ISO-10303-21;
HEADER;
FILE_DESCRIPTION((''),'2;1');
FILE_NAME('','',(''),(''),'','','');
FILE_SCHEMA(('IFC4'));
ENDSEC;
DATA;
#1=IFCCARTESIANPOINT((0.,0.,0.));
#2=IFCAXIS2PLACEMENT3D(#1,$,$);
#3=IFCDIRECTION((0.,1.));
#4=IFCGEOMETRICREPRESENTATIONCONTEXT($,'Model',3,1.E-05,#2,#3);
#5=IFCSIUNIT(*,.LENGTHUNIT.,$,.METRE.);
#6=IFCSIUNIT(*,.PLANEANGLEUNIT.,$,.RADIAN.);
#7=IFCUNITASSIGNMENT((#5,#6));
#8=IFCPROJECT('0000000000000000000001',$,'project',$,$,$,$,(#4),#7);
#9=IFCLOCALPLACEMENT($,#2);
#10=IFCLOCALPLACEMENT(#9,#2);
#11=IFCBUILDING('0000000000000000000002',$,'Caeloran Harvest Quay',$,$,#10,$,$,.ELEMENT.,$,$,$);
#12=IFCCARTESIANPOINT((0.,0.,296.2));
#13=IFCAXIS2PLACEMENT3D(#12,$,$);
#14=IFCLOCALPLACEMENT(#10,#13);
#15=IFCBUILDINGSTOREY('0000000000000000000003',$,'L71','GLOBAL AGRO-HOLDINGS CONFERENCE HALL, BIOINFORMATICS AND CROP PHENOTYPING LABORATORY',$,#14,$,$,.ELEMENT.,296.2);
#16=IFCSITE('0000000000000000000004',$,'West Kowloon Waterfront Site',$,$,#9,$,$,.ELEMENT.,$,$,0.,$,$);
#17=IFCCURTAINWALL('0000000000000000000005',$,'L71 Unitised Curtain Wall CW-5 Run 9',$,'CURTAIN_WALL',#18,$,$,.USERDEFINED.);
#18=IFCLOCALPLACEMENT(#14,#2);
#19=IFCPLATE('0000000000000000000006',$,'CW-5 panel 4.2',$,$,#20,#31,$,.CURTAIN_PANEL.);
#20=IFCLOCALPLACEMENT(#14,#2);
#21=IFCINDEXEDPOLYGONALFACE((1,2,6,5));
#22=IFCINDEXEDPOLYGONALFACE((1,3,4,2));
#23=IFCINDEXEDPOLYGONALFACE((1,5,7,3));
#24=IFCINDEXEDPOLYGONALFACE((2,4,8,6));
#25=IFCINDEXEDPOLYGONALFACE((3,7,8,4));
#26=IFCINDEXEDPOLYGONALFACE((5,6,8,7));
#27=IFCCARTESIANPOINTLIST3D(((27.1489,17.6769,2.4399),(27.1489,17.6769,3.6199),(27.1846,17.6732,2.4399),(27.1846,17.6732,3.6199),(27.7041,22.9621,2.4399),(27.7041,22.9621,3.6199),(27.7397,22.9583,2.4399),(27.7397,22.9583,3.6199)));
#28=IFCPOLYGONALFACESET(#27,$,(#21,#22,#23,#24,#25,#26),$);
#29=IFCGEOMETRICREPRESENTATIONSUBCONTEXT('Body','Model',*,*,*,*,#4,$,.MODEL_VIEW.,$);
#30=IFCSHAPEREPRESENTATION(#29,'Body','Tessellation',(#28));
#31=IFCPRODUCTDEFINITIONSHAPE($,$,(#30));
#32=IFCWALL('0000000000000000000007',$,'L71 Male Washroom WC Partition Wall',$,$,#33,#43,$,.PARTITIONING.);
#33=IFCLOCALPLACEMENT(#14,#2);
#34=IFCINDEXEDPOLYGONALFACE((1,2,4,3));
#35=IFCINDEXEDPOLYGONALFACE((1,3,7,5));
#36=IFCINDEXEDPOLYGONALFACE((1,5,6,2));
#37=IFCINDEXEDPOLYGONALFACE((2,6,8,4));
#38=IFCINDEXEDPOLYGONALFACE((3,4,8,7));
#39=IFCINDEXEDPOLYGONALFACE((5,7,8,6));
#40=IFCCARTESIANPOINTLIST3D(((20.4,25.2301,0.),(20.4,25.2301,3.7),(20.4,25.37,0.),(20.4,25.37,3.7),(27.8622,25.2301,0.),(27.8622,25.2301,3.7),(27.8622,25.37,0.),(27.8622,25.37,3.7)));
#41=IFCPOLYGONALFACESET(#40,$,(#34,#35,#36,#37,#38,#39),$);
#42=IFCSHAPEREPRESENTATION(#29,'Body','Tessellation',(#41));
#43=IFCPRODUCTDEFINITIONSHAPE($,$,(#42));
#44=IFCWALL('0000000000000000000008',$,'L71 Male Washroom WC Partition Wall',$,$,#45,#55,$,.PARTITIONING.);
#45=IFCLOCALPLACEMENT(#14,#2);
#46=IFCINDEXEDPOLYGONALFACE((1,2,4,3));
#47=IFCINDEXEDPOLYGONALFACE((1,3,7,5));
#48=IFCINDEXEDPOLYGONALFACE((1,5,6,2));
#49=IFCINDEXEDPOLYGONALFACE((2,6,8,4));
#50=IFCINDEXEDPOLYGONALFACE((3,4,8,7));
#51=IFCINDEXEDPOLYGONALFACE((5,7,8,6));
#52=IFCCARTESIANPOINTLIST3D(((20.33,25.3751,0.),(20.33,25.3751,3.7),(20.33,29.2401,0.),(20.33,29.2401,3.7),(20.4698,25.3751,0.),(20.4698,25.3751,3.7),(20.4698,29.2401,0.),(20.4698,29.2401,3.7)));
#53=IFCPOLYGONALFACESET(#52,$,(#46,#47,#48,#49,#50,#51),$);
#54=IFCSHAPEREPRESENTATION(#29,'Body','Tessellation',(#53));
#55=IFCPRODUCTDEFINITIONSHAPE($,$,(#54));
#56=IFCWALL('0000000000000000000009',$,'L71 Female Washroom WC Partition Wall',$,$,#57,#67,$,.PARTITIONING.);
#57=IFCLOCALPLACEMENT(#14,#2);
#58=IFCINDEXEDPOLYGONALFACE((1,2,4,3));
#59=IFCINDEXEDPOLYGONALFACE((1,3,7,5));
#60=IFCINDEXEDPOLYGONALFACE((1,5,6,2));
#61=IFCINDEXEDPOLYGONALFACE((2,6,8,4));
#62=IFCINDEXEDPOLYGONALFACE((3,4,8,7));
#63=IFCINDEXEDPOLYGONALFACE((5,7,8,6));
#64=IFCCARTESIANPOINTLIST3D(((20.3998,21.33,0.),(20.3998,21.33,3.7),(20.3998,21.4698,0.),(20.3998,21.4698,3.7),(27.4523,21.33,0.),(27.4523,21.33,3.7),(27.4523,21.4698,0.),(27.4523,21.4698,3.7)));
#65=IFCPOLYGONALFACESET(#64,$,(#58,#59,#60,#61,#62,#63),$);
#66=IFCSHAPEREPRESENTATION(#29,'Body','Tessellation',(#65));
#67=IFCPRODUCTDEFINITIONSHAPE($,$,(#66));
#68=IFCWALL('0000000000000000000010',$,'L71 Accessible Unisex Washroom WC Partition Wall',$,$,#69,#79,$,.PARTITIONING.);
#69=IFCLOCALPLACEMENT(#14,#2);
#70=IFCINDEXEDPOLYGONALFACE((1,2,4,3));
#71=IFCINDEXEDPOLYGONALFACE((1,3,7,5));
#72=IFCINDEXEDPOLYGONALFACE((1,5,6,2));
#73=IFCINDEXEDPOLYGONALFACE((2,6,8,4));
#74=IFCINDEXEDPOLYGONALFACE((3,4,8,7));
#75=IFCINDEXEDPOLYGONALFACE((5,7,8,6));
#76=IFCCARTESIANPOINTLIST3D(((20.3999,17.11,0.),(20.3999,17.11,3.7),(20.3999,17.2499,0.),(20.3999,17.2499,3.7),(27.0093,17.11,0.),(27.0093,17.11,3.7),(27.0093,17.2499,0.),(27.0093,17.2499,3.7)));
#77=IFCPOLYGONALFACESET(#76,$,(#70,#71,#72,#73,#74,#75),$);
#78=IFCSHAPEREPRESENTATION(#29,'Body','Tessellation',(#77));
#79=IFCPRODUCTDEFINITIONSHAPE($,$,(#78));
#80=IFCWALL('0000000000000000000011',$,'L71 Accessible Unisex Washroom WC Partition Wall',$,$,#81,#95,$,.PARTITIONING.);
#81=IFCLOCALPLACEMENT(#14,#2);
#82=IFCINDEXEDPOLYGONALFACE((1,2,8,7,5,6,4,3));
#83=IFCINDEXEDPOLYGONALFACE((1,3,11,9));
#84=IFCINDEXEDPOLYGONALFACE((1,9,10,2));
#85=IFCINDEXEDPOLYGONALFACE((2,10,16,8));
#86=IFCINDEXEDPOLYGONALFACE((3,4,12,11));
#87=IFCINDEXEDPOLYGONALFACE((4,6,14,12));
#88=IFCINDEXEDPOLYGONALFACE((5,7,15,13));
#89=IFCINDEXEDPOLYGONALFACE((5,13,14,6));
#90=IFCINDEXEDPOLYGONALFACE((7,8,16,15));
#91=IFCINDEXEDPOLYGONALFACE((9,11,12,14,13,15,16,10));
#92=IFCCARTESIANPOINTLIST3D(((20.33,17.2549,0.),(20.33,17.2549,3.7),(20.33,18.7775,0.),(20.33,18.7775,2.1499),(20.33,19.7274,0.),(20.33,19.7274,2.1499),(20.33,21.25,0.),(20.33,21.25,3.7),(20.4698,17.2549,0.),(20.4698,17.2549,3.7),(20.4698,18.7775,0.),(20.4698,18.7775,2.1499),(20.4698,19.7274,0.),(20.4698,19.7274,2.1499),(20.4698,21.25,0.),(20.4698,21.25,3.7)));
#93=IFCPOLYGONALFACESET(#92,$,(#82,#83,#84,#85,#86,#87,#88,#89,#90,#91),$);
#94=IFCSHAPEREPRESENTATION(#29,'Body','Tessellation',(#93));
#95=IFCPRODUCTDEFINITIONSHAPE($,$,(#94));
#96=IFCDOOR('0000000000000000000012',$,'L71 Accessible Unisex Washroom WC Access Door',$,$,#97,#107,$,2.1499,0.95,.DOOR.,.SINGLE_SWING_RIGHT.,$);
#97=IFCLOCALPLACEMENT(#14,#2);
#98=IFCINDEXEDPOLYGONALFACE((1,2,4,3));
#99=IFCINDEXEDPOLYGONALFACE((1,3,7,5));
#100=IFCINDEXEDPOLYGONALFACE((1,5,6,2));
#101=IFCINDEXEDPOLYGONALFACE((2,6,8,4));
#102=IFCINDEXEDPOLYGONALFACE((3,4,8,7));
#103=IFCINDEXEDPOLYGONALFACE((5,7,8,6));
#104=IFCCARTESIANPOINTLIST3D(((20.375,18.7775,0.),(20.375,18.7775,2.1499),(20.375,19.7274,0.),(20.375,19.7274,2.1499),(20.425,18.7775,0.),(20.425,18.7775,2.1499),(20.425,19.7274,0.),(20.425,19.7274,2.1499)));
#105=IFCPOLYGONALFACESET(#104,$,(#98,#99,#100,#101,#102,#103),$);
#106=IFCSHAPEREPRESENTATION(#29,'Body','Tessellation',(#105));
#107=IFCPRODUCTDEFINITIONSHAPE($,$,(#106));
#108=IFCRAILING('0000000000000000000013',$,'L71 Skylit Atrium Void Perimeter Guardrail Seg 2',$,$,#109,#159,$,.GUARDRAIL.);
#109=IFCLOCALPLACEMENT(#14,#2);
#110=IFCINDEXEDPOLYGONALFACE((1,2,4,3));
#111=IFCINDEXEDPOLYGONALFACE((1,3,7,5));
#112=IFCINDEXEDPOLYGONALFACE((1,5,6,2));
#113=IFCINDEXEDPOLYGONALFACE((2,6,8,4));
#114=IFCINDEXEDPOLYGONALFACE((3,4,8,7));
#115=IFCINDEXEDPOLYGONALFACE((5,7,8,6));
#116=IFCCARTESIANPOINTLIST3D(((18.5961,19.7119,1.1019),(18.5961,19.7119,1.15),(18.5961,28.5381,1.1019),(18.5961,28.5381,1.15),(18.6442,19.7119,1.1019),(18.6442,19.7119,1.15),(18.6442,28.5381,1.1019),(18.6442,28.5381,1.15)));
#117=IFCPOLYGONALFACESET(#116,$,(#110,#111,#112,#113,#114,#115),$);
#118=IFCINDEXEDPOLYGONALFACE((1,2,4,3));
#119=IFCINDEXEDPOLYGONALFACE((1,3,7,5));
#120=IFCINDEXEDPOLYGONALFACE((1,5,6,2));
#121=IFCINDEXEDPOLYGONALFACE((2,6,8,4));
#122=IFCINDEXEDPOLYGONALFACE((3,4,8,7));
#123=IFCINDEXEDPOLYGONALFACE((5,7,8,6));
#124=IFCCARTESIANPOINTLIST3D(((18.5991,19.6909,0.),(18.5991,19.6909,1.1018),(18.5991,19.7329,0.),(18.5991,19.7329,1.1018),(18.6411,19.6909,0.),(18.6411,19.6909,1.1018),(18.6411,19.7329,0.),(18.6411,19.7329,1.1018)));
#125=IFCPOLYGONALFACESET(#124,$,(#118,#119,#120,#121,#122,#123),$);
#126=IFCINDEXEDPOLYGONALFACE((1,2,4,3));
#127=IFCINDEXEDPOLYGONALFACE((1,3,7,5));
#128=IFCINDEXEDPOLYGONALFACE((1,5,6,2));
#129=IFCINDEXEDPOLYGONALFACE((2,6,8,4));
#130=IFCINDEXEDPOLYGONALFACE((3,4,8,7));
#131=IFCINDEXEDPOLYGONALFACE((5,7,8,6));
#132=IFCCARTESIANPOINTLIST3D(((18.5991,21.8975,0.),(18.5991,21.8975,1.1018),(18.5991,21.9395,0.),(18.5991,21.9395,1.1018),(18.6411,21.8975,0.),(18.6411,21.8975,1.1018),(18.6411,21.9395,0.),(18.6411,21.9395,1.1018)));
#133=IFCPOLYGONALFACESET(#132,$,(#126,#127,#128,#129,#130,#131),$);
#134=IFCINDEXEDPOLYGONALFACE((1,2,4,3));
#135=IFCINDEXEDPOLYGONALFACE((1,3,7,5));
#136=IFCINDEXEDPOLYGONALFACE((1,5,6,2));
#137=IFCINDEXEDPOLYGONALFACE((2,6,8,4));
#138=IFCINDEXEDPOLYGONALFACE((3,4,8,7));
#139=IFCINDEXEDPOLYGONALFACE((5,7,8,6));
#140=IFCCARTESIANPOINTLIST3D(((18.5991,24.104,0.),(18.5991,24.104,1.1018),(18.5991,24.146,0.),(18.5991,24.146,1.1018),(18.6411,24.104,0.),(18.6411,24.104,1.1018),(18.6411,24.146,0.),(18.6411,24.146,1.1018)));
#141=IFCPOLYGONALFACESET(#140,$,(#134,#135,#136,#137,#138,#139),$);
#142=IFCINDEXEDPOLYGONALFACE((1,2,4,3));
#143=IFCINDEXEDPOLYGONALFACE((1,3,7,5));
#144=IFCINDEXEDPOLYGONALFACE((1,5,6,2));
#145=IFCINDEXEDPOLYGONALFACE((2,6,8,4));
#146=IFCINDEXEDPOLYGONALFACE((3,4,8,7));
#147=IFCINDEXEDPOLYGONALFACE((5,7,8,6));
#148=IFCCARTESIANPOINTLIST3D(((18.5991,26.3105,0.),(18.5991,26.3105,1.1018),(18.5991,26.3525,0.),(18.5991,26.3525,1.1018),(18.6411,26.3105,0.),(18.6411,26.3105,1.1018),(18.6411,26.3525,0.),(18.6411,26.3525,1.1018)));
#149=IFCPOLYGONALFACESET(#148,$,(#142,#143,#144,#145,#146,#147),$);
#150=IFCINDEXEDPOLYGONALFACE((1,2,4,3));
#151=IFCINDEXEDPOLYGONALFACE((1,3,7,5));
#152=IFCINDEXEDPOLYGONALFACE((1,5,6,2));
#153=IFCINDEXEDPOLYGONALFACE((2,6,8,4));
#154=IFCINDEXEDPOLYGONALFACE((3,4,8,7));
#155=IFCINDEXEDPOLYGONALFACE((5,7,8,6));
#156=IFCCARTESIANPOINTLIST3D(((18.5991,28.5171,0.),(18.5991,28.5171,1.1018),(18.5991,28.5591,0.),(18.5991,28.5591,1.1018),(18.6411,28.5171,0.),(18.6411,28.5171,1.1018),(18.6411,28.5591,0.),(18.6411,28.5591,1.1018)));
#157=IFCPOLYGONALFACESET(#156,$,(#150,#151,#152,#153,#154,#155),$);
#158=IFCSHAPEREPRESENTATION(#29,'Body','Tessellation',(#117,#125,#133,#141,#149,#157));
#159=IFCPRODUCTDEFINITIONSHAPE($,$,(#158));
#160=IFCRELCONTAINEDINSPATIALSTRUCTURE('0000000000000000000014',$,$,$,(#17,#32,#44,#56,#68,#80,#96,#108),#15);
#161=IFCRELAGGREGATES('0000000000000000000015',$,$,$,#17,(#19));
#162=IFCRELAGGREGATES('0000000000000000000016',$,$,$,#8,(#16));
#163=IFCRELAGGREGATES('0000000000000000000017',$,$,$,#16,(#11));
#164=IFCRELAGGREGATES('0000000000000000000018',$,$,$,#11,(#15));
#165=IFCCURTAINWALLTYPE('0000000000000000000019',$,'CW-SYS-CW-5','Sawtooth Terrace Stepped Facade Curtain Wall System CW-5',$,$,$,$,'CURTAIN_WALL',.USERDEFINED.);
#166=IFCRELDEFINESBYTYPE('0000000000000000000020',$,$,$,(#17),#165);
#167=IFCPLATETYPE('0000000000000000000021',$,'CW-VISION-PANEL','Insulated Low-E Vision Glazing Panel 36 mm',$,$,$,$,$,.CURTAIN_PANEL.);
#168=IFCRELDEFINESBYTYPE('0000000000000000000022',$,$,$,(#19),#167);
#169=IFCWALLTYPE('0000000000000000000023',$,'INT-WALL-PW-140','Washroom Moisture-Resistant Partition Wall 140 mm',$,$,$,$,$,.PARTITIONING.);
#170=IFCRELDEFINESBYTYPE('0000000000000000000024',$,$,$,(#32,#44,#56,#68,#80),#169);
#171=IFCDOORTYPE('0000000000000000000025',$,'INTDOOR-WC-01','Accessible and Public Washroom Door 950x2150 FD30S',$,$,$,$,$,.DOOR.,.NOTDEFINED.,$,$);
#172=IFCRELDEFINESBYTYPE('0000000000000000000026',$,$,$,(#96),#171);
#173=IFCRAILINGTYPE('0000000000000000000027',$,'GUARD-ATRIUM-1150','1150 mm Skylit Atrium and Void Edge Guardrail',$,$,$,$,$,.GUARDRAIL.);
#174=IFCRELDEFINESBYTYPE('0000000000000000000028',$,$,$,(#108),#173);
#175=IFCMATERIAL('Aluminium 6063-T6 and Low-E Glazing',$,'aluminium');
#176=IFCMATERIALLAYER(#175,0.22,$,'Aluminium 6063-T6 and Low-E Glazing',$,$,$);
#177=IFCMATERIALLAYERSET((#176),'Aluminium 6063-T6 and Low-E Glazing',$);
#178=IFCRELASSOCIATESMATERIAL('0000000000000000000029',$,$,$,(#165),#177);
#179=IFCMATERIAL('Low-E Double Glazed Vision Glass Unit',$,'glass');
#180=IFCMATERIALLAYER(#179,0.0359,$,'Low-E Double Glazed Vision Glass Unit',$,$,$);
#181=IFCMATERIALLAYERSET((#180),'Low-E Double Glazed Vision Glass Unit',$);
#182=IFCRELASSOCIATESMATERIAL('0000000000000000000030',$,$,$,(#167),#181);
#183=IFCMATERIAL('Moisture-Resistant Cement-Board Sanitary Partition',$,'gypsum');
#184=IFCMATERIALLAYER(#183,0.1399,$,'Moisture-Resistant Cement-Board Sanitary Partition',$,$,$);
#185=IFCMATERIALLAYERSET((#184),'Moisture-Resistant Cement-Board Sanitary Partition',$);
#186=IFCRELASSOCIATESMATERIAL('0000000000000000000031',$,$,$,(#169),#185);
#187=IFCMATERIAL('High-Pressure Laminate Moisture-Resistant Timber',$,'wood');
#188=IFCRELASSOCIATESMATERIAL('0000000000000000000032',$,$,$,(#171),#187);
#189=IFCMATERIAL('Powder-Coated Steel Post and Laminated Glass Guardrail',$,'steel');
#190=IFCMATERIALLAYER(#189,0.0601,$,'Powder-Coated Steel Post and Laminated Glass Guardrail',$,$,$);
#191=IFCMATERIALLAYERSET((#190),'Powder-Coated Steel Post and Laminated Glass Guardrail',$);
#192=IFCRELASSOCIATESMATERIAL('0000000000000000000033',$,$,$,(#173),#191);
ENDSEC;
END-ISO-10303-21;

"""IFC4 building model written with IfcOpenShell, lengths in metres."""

from ifc_helpers import new_model, si_unit, direction, frame, frame_2d, origin, origin_2d, place, context, subcontext, project, spatial, rectangle, extrude, material, layer, layer_set, type_object, element, fill, aggregate, save


model = new_model("IFC4")

# Units and contexts
model_context = context("Model", 3, precision=1e-05, world=origin(), true_north=direction((0.0, 1.0)))
body_context = subcontext(model_context, "Body", "Model", "MODEL_VIEW")
ifc_project = project(units=[si_unit("LENGTHUNIT", "METRE"), si_unit("PLANEANGLEUNIT", "RADIAN")], contexts=[model_context])

# Site, building, storey
site_placement = place(None, origin())
site = spatial("IfcSite", under=ifc_project, at=site_placement, Name="West Kowloon Waterfront Site", CompositionType="ELEMENT", RefElevation=0.0)
building_placement = place(site_placement, origin())
building = spatial("IfcBuilding", under=site, at=building_placement, Name="Caeloran Harvest Quay", CompositionType="ELEMENT")
storey_placement = place(building_placement, frame((0.0, 0.0, 296.2)))
storey = spatial("IfcBuildingStorey", under=building, at=storey_placement, Name="L71", Description="GLOBAL AGRO-HOLDINGS CONFERENCE HALL, BIOINFORMATICS AND CROP PHENOTYPING LABORATORY", CompositionType="ELEMENT", Elevation=296.2)

# Curtain wall, plate
ifc_material_1 = material(Name="Aluminium 6063-T6 and Low-E Glazing", Category="aluminium")
ifc_layer_1 = layer(ifc_material_1, 0.22, Name="Aluminium 6063-T6 and Low-E Glazing")
ifc_layer_set_1 = layer_set([ifc_layer_1], Name="Aluminium 6063-T6 and Low-E Glazing")
curtain_wall_type = type_object("IfcCurtainWallType", Name="CW-SYS-CW-5", Description="Sawtooth Terrace Stepped Facade Curtain Wall System CW-5", ElementType="CURTAIN_WALL", PredefinedType="USERDEFINED", material=ifc_layer_set_1)
curtain_wall_placement = place(storey_placement, origin())
curtain_wall = element("IfcCurtainWall", 1, at=curtain_wall_placement, inside=storey, type_object=curtain_wall_type, Name="L71 Unitised Curtain Wall CW-5 Run 9", ObjectType="CURTAIN_WALL", PredefinedType="USERDEFINED")
ifc_material_2 = material(Name="Low-E Double Glazed Vision Glass Unit", Category="glass")
ifc_layer_2 = layer(ifc_material_2, 0.0359, Name="Low-E Double Glazed Vision Glass Unit")
ifc_layer_set_2 = layer_set([ifc_layer_2], Name="Low-E Double Glazed Vision Glass Unit")
plate_type = type_object("IfcPlateType", Name="CW-VISION-PANEL", Description="Insulated Low-E Vision Glazing Panel 36 mm", PredefinedType="CURTAIN_PANEL", material=ifc_layer_set_2)
plate_1_placement = place(storey_placement, frame((27.4443, 20.3176, 2.4399), z_axis=(0.0, 0.0, 1.0), x_axis=(-0.10446, -0.994529, 0.0)))
plate_1 = element("IfcPlate", 2, at=plate_1_placement, type_object=plate_type, Name="CW-5 panel 4.2", PredefinedType="CURTAIN_PANEL", context=body_context, shape_type="SweptSolid", body=[
    extrude(rectangle(XDim=5.3142, YDim=0.0359, at=origin_2d()), origin(), (0.0, 0.0, 1.0), 1.1799),
])
aggregate(curtain_wall, [plate_1])

# Walls
ifc_material_3 = material(Name="Moisture-Resistant Cement-Board Sanitary Partition", Category="gypsum")
ifc_layer_3 = layer(ifc_material_3, 0.1399, Name="Moisture-Resistant Cement-Board Sanitary Partition")
ifc_layer_set_3 = layer_set([ifc_layer_3], Name="Moisture-Resistant Cement-Board Sanitary Partition")
wall_type = type_object("IfcWallType", Name="INT-WALL-PW-140", Description="Washroom Moisture-Resistant Partition Wall 140 mm", PredefinedType="PARTITIONING", material=ifc_layer_set_3)
wall_1_placement = place(storey_placement, frame((27.8621, 25.3, 0.0), z_axis=(0.0, 0.0, 1.0), x_axis=(-1.0, 0.0, 0.0)))
element("IfcWall", 3, at=wall_1_placement, inside=storey, type_object=wall_type, Name="L71 Male Washroom WC Partition Wall", PredefinedType="PARTITIONING", context=body_context, shape_type="SweptSolid", body=[
    extrude(rectangle(XDim=7.4622, YDim=0.1399, at=frame_2d((3.731, 0.0))), origin(), (0.0, 0.0, 1.0), 3.7),
])
wall_2_placement = place(storey_placement, frame((20.3999, 25.375, 0.0), z_axis=(0.0, 0.0, 1.0), x_axis=(0.0, 1.0, 0.0)))
element("IfcWall", 4, at=wall_2_placement, inside=storey, type_object=wall_type, Name="L71 Male Washroom WC Partition Wall", PredefinedType="PARTITIONING", context=body_context, shape_type="SweptSolid", body=[
    extrude(rectangle(XDim=3.865, YDim=0.1399, at=frame_2d((1.9326, 0.0))), origin(), (0.0, 0.0, 1.0), 3.7),
])
wall_3_placement = place(storey_placement, frame((27.4524, 21.3999, 0.0), z_axis=(0.0, 0.0, 1.0), x_axis=(-1.0, 0.0, 0.0)))
element("IfcWall", 5, at=wall_3_placement, inside=storey, type_object=wall_type, Name="L71 Female Washroom WC Partition Wall", PredefinedType="PARTITIONING", context=body_context, shape_type="SweptSolid", body=[
    extrude(rectangle(XDim=7.0525, YDim=0.1399, at=frame_2d((3.5264, 0.0))), origin(), (0.0, 0.0, 1.0), 3.7),
])

# Shared definitions
ifc_material_4 = material(Name="High-Pressure Laminate Moisture-Resistant Timber", Category="wood")
door_type = type_object("IfcDoorType", Name="INTDOOR-WC-01", Description="Accessible and Public Washroom Door 950x2150 FD30S", OperationType="NOTDEFINED", PredefinedType="DOOR", material=ifc_material_4)

# Wall
wall_4_placement = place(storey_placement, frame((27.0093, 17.1799, 0.0), z_axis=(0.0, 0.0, 1.0), x_axis=(-1.0, 0.0, 0.0)))
element("IfcWall", 6, at=wall_4_placement, inside=storey, type_object=wall_type, Name="L71 Accessible Unisex Washroom WC Partition Wall", PredefinedType="PARTITIONING", context=body_context, shape_type="SweptSolid", body=[
    extrude(rectangle(XDim=6.6094, YDim=0.1399, at=frame_2d((3.3047, 0.0))), origin(), (0.0, 0.0, 1.0), 3.7),
])

# Wall, opening, door
wall_5_placement = place(storey_placement, frame((20.3999, 17.2549, 0.0), z_axis=(0.0, 0.0, 1.0), x_axis=(0.0, 1.0, 0.0)))
wall_5 = element("IfcWall", 7, at=wall_5_placement, inside=storey, type_object=wall_type, Name="L71 Accessible Unisex Washroom WC Partition Wall", PredefinedType="PARTITIONING", context=body_context, shape_type="SweptSolid", body=[
    extrude(rectangle(XDim=3.9951, YDim=0.1399, at=frame_2d((1.9976, 0.0))), origin(), (0.0, 0.0, 1.0), 3.7),
])
opening_1_placement = place(wall_5_placement, frame((1.5225, 0.0, 0.0)))
opening_1 = element("IfcOpeningElement", 8, at=opening_1_placement, cuts=wall_5, PredefinedType="OPENING", context=body_context, shape_type="SweptSolid", body=[
    extrude(rectangle(XDim=0.95, YDim=2.1499, at=frame_2d((0.4751, 1.075))), frame((0.0, 0.0801, 0.0), z_axis=(0.0, -1.0, 0.0), x_axis=(1.0, 0.0, 0.0)), (0.0, 0.0, 1.0), 0.1599),
])
door_1_placement = place(opening_1_placement, origin())
door_1 = element("IfcDoor", 9, at=door_1_placement, inside=storey, type_object=door_type, Name="L71 Accessible Unisex Washroom WC Access Door", OperationType="SINGLE_SWING_RIGHT", OverallHeight=2.1499, OverallWidth=0.95, PredefinedType="DOOR", context=body_context, shape_type="SweptSolid", body=[
    extrude(rectangle(XDim=0.95, YDim=2.1499, at=frame_2d((0.4751, 1.075))), frame((0.0, 0.0249, 0.0), z_axis=(0.0, -1.0, 0.0), x_axis=(1.0, 0.0, 0.0)), (0.0, 0.0, 1.0), 0.05),
])
fill(opening_1, door_1)

# Railing
ifc_material_5 = material(Name="Powder-Coated Steel Post and Laminated Glass Guardrail", Category="steel")
ifc_layer_4 = layer(ifc_material_5, 0.0601, Name="Powder-Coated Steel Post and Laminated Glass Guardrail")
ifc_layer_set_4 = layer_set([ifc_layer_4], Name="Powder-Coated Steel Post and Laminated Glass Guardrail")
railing_type = type_object("IfcRailingType", Name="GUARD-ATRIUM-1150", Description="1150 mm Skylit Atrium and Void Edge Guardrail", PredefinedType="GUARDRAIL", material=ifc_layer_set_4)
railing_placement = place(storey_placement, frame((18.6201, 19.7119, 0.0)))
element("IfcRailing", 10, at=railing_placement, inside=storey, type_object=railing_type, Name="L71 Skylit Atrium Void Perimeter Guardrail Seg 2", PredefinedType="GUARDRAIL", context=body_context, shape_type="SweptSolid", body=[
    extrude(rectangle(XDim=0.0481, YDim=0.0481, at=origin_2d()), frame((0.0, 0.0, 1.126), z_axis=(0.0, 1.0, 0.0), x_axis=(-1.0, 0.0, 0.0)), (0.0, 0.0, 1.0), 8.8262),
    extrude(rectangle(XDim=0.042, YDim=0.042, at=origin_2d()), origin(), (0.0, 0.0, 1.0), 1.1018),
    extrude(rectangle(XDim=0.042, YDim=0.042, at=origin_2d()), frame((0.0, 2.2065, 0.0)), (0.0, 0.0, 1.0), 1.1018),
    extrude(rectangle(XDim=0.042, YDim=0.042, at=origin_2d()), frame((0.0, 4.4131, 0.0)), (0.0, 0.0, 1.0), 1.1018),
    extrude(rectangle(XDim=0.042, YDim=0.042, at=origin_2d()), frame((0.0, 6.6196, 0.0)), (0.0, 0.0, 1.0), 1.1018),
    extrude(rectangle(XDim=0.042, YDim=0.042, at=origin_2d()), frame((0.0, 8.8262, 0.0)), (0.0, 0.0, 1.0), 1.1018),
])

save(model, "model.ifc")
